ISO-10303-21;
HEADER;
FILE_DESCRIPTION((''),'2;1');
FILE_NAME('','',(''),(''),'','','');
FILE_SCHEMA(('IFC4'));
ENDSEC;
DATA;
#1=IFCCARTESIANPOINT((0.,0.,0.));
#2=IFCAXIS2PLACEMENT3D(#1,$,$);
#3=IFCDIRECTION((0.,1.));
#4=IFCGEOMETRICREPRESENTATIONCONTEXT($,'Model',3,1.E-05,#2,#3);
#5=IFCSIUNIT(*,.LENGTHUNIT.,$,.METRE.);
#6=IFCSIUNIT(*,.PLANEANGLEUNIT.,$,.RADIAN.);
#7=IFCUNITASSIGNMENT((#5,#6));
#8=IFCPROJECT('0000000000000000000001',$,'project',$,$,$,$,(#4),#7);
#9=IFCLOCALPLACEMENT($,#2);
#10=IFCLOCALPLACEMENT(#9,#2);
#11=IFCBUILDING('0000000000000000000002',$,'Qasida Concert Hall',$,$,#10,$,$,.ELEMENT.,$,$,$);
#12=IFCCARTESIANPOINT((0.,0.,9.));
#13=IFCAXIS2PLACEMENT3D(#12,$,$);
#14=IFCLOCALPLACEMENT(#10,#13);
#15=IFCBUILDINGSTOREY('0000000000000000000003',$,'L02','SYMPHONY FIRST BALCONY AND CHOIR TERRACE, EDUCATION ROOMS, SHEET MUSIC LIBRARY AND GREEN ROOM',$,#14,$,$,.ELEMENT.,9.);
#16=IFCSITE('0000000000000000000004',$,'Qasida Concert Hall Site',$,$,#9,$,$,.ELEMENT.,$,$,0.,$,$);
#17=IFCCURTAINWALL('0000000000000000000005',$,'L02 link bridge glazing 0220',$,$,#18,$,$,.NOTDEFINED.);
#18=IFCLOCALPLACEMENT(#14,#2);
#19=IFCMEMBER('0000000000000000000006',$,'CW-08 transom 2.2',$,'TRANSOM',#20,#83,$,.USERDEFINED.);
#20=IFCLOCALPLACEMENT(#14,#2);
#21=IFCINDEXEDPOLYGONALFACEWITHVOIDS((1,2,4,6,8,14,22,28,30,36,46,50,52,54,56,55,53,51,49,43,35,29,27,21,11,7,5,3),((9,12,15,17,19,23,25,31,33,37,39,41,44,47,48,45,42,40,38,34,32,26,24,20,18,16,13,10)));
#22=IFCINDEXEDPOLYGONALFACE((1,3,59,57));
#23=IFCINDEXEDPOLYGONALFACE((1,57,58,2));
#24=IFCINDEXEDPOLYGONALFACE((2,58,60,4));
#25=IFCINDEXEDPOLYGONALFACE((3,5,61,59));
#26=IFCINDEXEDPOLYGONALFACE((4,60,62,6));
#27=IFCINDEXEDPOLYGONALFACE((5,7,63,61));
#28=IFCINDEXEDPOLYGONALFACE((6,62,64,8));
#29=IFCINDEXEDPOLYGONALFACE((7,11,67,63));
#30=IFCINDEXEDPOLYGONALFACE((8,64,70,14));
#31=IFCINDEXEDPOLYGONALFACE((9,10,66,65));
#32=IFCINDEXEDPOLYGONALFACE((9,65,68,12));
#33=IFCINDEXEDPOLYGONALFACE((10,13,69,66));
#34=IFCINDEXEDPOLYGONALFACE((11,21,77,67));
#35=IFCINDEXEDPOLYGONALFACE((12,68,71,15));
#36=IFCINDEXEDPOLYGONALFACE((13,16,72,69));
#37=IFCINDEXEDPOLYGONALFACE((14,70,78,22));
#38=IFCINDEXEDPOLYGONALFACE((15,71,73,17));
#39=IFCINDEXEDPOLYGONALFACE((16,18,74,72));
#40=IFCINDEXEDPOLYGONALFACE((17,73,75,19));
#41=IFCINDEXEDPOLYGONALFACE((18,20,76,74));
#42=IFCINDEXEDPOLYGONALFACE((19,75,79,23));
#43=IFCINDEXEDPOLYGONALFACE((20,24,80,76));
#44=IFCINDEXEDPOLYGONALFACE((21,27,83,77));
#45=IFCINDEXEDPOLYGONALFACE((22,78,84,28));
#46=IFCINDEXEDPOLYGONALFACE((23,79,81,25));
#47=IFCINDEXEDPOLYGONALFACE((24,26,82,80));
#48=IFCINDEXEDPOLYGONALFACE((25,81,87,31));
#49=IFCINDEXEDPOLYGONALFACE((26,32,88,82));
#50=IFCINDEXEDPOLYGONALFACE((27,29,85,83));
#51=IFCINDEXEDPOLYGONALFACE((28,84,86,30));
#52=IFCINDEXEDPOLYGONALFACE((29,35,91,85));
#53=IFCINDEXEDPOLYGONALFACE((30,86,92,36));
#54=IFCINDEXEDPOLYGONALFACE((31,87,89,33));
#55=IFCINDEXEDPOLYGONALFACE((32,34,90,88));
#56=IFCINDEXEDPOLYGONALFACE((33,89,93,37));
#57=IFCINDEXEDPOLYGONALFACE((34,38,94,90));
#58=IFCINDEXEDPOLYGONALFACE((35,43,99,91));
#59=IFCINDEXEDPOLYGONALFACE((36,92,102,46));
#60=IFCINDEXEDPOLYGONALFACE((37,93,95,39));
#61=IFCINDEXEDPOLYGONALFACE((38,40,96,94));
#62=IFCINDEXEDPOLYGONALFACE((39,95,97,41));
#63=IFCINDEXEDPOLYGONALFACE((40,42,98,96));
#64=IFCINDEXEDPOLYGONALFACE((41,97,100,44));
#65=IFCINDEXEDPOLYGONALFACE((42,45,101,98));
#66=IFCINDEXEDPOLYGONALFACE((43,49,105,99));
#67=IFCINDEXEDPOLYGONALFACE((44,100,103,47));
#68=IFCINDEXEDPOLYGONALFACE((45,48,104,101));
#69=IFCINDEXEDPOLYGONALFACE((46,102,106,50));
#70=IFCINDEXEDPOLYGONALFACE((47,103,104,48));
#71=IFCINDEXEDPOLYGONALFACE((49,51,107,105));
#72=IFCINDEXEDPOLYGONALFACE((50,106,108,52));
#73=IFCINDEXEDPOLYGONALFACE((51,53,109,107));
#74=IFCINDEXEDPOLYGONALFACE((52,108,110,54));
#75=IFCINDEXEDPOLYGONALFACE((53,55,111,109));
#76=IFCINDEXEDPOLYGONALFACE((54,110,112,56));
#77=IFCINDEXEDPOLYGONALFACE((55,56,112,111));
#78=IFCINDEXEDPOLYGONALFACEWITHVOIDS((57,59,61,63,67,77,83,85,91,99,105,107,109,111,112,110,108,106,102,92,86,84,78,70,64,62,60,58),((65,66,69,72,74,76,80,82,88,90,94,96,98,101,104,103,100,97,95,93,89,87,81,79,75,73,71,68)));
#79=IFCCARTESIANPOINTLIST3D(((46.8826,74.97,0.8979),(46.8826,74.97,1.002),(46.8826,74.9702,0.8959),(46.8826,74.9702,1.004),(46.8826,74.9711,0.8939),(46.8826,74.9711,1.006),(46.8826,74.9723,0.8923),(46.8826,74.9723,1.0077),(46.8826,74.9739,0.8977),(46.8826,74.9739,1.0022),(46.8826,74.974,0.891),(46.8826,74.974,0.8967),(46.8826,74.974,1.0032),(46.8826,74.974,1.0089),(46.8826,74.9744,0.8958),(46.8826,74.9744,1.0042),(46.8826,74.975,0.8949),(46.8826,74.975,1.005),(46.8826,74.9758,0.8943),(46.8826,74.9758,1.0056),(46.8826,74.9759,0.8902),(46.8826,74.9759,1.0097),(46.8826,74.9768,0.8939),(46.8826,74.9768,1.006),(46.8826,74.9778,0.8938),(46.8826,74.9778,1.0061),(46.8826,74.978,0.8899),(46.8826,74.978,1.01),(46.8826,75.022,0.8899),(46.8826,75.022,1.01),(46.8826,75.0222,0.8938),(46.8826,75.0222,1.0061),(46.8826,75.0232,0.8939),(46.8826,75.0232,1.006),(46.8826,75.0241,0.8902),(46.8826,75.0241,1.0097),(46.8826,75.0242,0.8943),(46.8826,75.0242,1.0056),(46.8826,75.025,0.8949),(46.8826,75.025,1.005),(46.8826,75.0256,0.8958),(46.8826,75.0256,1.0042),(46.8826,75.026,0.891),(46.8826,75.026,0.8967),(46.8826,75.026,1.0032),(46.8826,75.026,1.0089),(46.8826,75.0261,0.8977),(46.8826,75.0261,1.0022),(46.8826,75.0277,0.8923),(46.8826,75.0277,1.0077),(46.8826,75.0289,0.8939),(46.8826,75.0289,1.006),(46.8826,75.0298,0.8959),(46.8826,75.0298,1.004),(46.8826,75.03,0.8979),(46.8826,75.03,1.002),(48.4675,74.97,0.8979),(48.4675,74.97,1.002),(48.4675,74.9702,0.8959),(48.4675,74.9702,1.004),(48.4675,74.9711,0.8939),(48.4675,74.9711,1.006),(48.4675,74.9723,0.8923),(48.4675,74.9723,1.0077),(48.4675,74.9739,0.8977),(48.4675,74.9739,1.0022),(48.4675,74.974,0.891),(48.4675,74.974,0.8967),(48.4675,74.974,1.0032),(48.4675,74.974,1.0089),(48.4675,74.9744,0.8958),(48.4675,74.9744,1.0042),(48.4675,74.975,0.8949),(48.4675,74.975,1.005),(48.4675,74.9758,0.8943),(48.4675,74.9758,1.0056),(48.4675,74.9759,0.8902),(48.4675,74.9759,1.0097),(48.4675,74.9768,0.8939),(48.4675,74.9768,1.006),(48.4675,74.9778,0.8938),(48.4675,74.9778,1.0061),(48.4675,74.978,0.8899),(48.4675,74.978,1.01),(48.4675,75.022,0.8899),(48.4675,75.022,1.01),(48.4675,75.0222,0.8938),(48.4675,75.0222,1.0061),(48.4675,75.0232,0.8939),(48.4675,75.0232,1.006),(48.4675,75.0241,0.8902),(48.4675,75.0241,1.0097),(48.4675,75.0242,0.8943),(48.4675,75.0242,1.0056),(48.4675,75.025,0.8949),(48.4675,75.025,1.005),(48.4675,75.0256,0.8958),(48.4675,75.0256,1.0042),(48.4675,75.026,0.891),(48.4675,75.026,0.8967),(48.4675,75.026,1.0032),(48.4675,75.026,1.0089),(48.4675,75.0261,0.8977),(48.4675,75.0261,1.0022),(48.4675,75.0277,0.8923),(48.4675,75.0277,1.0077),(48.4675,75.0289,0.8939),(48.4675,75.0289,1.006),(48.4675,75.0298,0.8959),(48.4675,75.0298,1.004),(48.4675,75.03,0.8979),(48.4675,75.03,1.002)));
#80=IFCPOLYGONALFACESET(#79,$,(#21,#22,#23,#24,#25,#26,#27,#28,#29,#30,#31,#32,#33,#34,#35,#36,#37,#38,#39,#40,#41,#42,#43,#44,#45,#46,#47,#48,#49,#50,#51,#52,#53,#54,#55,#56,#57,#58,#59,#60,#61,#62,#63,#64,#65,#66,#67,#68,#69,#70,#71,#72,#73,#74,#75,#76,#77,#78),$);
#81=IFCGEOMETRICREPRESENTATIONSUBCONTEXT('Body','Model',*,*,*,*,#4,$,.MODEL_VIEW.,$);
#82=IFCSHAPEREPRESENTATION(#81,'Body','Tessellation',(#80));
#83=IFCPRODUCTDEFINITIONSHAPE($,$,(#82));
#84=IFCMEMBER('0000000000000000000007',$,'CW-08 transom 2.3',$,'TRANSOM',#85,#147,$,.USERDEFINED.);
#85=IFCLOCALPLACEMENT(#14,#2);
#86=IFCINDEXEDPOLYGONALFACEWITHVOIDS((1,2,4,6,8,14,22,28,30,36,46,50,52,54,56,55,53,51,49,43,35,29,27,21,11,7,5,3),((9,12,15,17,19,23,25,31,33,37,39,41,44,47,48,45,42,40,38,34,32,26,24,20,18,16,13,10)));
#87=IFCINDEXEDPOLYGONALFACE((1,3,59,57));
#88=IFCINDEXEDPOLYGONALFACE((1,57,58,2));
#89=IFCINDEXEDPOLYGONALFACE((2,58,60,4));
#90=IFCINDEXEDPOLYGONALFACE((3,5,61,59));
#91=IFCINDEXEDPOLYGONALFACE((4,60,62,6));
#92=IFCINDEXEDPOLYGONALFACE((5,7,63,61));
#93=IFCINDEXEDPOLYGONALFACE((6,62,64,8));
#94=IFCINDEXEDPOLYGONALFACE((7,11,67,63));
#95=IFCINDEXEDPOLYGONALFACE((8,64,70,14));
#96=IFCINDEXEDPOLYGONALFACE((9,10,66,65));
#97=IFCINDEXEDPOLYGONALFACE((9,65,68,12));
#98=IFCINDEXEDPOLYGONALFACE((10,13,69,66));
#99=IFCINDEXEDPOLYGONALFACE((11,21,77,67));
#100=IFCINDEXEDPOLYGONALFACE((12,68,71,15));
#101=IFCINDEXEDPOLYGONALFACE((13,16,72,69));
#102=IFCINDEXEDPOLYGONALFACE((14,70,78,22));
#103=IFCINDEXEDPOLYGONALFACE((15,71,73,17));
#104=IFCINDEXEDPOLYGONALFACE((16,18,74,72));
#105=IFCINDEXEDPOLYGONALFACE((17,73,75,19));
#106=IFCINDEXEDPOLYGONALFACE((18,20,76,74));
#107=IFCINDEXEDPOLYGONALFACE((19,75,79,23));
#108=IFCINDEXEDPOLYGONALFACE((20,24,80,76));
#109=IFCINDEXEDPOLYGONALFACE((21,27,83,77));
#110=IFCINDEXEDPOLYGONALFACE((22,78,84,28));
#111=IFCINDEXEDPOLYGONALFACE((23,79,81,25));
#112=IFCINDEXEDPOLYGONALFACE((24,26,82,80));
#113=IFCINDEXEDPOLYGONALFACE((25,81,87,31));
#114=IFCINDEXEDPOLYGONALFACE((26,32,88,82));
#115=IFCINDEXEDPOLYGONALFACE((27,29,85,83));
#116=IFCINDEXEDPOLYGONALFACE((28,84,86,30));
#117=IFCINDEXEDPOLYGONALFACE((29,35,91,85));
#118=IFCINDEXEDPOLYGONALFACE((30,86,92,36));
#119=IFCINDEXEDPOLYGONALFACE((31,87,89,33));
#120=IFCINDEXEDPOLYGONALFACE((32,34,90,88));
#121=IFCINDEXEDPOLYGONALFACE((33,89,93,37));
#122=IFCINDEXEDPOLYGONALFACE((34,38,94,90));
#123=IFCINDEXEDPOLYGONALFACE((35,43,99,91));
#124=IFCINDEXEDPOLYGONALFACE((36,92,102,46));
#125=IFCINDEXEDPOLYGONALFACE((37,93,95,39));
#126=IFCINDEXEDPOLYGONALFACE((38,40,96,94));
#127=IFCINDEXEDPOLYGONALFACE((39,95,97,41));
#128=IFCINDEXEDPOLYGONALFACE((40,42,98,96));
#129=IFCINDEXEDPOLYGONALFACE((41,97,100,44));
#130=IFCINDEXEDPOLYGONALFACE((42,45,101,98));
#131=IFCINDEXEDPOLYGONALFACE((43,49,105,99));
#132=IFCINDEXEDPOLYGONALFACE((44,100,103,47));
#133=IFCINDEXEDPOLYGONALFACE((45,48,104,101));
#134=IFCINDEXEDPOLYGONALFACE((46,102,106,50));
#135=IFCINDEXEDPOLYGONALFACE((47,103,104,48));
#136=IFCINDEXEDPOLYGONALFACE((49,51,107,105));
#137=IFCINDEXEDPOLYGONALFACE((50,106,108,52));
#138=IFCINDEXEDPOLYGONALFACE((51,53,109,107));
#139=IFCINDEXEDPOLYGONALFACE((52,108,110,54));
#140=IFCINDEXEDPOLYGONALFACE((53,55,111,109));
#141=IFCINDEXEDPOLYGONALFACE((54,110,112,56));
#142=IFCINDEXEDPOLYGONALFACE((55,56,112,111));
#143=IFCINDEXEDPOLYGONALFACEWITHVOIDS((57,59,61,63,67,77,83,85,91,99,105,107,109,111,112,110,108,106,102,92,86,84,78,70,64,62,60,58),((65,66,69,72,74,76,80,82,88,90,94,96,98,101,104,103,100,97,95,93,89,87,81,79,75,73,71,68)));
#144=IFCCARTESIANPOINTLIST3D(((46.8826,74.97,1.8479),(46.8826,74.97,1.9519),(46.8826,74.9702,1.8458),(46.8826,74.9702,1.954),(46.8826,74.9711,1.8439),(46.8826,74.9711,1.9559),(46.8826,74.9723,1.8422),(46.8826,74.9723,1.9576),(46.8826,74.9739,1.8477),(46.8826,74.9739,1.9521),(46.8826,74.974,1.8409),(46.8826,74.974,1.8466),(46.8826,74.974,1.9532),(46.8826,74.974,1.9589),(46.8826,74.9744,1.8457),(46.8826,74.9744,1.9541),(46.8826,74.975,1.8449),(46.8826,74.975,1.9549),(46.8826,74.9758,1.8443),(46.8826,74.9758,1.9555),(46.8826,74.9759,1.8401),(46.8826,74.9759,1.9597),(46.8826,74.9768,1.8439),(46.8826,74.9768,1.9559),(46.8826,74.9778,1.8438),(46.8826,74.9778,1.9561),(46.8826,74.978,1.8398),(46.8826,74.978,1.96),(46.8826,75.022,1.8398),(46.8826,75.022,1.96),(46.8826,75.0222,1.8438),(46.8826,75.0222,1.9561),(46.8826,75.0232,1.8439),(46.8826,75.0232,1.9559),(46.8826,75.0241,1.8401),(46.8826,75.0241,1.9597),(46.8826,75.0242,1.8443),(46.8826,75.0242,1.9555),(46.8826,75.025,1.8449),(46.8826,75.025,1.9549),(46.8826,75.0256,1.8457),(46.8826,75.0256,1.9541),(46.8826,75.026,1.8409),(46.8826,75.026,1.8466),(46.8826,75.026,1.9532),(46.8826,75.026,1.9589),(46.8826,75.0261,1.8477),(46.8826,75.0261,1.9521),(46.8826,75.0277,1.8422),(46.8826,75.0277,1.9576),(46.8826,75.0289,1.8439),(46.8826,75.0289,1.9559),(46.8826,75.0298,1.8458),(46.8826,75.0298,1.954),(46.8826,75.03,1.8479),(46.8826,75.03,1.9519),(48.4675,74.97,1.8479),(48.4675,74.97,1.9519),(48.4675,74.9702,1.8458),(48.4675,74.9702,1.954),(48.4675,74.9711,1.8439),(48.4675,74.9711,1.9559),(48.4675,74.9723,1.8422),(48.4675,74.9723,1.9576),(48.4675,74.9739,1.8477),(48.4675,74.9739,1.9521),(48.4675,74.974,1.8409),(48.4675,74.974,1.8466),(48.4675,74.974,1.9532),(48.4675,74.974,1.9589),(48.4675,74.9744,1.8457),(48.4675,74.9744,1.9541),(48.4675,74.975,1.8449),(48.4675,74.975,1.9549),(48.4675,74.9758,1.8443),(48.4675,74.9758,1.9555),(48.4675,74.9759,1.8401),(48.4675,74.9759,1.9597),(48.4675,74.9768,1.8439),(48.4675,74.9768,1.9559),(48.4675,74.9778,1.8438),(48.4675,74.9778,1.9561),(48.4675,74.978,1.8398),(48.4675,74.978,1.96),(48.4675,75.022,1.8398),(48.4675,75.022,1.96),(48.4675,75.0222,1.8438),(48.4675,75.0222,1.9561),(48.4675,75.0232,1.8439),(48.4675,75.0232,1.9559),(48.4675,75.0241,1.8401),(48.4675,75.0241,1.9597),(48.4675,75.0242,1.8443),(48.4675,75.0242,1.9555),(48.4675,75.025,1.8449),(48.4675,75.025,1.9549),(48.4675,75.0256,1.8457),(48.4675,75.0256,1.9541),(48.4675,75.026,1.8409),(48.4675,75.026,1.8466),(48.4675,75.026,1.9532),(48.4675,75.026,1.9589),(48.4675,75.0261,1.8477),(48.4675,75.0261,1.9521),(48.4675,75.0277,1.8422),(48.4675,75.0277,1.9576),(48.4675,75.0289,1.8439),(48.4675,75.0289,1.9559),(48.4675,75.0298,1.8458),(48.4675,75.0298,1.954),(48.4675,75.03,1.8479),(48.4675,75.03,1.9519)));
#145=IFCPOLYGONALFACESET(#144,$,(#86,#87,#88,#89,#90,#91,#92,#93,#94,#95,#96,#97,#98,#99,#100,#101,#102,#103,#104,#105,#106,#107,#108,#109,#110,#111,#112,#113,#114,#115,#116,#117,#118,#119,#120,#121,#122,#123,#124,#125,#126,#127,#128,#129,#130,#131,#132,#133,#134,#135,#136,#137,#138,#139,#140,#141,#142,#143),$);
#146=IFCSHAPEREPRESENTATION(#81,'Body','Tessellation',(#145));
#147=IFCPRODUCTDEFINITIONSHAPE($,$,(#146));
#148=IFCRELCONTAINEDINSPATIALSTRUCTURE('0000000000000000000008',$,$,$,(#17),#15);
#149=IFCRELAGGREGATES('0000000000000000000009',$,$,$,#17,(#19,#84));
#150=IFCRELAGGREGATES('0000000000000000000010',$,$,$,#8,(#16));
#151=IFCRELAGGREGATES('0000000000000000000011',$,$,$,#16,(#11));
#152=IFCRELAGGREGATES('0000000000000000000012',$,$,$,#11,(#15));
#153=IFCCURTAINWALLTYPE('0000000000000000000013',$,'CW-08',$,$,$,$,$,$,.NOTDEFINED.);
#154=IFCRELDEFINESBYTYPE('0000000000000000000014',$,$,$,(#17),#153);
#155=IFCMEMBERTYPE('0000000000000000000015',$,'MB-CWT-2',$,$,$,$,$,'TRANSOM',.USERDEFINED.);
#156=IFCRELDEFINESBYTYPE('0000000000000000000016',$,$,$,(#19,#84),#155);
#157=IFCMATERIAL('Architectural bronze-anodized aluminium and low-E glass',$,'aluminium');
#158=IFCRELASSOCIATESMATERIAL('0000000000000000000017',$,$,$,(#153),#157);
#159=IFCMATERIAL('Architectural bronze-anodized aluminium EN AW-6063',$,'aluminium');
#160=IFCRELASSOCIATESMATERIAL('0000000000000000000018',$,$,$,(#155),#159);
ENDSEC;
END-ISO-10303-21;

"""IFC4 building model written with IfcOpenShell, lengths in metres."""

from ifc_helpers import new_model, si_unit, direction, frame, origin, origin_2d, place, context, subcontext, project, spatial, hollow_rectangle, extrude, material, material_profile, profile_set, type_object, element, aggregate, save


model = new_model("IFC4")

# Units and contexts
model_context = context("Model", 3, precision=1e-05, world=origin(), true_north=direction((0.0, 1.0)))
body_context = subcontext(model_context, "Body", "Model", "MODEL_VIEW")
ifc_project = project(units=[si_unit("LENGTHUNIT", "METRE"), si_unit("PLANEANGLEUNIT", "RADIAN")], contexts=[model_context])

# Site, building, storey
site_placement = place(None, origin())
site = spatial("IfcSite", under=ifc_project, at=site_placement, Name="Qasida Concert Hall Site", CompositionType="ELEMENT", RefElevation=0.0)
building_placement = place(site_placement, origin())
building = spatial("IfcBuilding", under=site, at=building_placement, Name="Qasida Concert Hall", CompositionType="ELEMENT")
storey_placement = place(building_placement, frame((0.0, 0.0, 9.0)))
storey = spatial("IfcBuildingStorey", under=building, at=storey_placement, Name="L02", Description="SYMPHONY FIRST BALCONY AND CHOIR TERRACE, EDUCATION ROOMS, SHEET MUSIC LIBRARY AND GREEN ROOM", CompositionType="ELEMENT", Elevation=9.0)

# Shared definitions
ifc_material_1 = material(Name="Architectural bronze-anodized aluminium and low-E glass", Category="aluminium")
curtain_wall_type = type_object("IfcCurtainWallType", Name="CW-08", PredefinedType="NOTDEFINED", material=ifc_material_1)
ifc_material_2 = material(Name="Architectural bronze-anodized aluminium EN AW-6063", Category="aluminium")

# Curtain wall
curtain_wall_1_placement = place(storey_placement, origin())
curtain_wall_1 = element("IfcCurtainWall", 1, at=curtain_wall_1_placement, inside=storey, type_object=curtain_wall_type, Name="L02 link bridge glazing 0220", PredefinedType="NOTDEFINED")

# Members
ifc_material_profile_1 = material_profile(ifc_material_2, hollow_rectangle(XDim=0.0601, YDim=0.1201, WallThickness=0.0039, InnerFilletRadius=0.0039, OuterFilletRadius=0.0081, at=origin_2d()), Name="CWT 120x60x4")
ifc_profile_set_1 = profile_set([ifc_material_profile_1], Name="Architectural bronze-anodized aluminium EN AW-6063")
member_type_1 = type_object("IfcMemberType", Name="MB-CWT-2", ElementType="TRANSOM", PredefinedType="USERDEFINED", material=ifc_profile_set_1)
member_1_placement = place(storey_placement, frame((46.8826, 75.0, 0.95), z_axis=(1.0, 0.0, 0.0), x_axis=(0.0, 1.0, 0.0)))
member_1 = element("IfcMember", 2, at=member_1_placement, type_object=member_type_1, Name="CW-08 transom 2.2", ObjectType="TRANSOM", PredefinedType="USERDEFINED", context=body_context, shape_type="SweptSolid", body=[
    extrude(hollow_rectangle(XDim=0.0601, YDim=0.1201, WallThickness=0.0039, InnerFilletRadius=0.0039, OuterFilletRadius=0.0081, at=origin_2d()), origin(), (0.0, 0.0, 1.0), 1.585),
])
member_2_placement = place(storey_placement, frame((46.8826, 75.0, 1.8999), z_axis=(1.0, 0.0, 0.0), x_axis=(0.0, 1.0, 0.0)))
member_2 = element("IfcMember", 3, at=member_2_placement, type_object=member_type_1, Name="CW-08 transom 2.3", ObjectType="TRANSOM", PredefinedType="USERDEFINED", context=body_context, shape_type="SweptSolid", body=[
    extrude(hollow_rectangle(XDim=0.0601, YDim=0.1201, WallThickness=0.0039, InnerFilletRadius=0.0039, OuterFilletRadius=0.0081, at=origin_2d()), origin(), (0.0, 0.0, 1.0), 1.585),
])

aggregate(curtain_wall_1, [member_1, member_2])

save(model, "model.ifc")
